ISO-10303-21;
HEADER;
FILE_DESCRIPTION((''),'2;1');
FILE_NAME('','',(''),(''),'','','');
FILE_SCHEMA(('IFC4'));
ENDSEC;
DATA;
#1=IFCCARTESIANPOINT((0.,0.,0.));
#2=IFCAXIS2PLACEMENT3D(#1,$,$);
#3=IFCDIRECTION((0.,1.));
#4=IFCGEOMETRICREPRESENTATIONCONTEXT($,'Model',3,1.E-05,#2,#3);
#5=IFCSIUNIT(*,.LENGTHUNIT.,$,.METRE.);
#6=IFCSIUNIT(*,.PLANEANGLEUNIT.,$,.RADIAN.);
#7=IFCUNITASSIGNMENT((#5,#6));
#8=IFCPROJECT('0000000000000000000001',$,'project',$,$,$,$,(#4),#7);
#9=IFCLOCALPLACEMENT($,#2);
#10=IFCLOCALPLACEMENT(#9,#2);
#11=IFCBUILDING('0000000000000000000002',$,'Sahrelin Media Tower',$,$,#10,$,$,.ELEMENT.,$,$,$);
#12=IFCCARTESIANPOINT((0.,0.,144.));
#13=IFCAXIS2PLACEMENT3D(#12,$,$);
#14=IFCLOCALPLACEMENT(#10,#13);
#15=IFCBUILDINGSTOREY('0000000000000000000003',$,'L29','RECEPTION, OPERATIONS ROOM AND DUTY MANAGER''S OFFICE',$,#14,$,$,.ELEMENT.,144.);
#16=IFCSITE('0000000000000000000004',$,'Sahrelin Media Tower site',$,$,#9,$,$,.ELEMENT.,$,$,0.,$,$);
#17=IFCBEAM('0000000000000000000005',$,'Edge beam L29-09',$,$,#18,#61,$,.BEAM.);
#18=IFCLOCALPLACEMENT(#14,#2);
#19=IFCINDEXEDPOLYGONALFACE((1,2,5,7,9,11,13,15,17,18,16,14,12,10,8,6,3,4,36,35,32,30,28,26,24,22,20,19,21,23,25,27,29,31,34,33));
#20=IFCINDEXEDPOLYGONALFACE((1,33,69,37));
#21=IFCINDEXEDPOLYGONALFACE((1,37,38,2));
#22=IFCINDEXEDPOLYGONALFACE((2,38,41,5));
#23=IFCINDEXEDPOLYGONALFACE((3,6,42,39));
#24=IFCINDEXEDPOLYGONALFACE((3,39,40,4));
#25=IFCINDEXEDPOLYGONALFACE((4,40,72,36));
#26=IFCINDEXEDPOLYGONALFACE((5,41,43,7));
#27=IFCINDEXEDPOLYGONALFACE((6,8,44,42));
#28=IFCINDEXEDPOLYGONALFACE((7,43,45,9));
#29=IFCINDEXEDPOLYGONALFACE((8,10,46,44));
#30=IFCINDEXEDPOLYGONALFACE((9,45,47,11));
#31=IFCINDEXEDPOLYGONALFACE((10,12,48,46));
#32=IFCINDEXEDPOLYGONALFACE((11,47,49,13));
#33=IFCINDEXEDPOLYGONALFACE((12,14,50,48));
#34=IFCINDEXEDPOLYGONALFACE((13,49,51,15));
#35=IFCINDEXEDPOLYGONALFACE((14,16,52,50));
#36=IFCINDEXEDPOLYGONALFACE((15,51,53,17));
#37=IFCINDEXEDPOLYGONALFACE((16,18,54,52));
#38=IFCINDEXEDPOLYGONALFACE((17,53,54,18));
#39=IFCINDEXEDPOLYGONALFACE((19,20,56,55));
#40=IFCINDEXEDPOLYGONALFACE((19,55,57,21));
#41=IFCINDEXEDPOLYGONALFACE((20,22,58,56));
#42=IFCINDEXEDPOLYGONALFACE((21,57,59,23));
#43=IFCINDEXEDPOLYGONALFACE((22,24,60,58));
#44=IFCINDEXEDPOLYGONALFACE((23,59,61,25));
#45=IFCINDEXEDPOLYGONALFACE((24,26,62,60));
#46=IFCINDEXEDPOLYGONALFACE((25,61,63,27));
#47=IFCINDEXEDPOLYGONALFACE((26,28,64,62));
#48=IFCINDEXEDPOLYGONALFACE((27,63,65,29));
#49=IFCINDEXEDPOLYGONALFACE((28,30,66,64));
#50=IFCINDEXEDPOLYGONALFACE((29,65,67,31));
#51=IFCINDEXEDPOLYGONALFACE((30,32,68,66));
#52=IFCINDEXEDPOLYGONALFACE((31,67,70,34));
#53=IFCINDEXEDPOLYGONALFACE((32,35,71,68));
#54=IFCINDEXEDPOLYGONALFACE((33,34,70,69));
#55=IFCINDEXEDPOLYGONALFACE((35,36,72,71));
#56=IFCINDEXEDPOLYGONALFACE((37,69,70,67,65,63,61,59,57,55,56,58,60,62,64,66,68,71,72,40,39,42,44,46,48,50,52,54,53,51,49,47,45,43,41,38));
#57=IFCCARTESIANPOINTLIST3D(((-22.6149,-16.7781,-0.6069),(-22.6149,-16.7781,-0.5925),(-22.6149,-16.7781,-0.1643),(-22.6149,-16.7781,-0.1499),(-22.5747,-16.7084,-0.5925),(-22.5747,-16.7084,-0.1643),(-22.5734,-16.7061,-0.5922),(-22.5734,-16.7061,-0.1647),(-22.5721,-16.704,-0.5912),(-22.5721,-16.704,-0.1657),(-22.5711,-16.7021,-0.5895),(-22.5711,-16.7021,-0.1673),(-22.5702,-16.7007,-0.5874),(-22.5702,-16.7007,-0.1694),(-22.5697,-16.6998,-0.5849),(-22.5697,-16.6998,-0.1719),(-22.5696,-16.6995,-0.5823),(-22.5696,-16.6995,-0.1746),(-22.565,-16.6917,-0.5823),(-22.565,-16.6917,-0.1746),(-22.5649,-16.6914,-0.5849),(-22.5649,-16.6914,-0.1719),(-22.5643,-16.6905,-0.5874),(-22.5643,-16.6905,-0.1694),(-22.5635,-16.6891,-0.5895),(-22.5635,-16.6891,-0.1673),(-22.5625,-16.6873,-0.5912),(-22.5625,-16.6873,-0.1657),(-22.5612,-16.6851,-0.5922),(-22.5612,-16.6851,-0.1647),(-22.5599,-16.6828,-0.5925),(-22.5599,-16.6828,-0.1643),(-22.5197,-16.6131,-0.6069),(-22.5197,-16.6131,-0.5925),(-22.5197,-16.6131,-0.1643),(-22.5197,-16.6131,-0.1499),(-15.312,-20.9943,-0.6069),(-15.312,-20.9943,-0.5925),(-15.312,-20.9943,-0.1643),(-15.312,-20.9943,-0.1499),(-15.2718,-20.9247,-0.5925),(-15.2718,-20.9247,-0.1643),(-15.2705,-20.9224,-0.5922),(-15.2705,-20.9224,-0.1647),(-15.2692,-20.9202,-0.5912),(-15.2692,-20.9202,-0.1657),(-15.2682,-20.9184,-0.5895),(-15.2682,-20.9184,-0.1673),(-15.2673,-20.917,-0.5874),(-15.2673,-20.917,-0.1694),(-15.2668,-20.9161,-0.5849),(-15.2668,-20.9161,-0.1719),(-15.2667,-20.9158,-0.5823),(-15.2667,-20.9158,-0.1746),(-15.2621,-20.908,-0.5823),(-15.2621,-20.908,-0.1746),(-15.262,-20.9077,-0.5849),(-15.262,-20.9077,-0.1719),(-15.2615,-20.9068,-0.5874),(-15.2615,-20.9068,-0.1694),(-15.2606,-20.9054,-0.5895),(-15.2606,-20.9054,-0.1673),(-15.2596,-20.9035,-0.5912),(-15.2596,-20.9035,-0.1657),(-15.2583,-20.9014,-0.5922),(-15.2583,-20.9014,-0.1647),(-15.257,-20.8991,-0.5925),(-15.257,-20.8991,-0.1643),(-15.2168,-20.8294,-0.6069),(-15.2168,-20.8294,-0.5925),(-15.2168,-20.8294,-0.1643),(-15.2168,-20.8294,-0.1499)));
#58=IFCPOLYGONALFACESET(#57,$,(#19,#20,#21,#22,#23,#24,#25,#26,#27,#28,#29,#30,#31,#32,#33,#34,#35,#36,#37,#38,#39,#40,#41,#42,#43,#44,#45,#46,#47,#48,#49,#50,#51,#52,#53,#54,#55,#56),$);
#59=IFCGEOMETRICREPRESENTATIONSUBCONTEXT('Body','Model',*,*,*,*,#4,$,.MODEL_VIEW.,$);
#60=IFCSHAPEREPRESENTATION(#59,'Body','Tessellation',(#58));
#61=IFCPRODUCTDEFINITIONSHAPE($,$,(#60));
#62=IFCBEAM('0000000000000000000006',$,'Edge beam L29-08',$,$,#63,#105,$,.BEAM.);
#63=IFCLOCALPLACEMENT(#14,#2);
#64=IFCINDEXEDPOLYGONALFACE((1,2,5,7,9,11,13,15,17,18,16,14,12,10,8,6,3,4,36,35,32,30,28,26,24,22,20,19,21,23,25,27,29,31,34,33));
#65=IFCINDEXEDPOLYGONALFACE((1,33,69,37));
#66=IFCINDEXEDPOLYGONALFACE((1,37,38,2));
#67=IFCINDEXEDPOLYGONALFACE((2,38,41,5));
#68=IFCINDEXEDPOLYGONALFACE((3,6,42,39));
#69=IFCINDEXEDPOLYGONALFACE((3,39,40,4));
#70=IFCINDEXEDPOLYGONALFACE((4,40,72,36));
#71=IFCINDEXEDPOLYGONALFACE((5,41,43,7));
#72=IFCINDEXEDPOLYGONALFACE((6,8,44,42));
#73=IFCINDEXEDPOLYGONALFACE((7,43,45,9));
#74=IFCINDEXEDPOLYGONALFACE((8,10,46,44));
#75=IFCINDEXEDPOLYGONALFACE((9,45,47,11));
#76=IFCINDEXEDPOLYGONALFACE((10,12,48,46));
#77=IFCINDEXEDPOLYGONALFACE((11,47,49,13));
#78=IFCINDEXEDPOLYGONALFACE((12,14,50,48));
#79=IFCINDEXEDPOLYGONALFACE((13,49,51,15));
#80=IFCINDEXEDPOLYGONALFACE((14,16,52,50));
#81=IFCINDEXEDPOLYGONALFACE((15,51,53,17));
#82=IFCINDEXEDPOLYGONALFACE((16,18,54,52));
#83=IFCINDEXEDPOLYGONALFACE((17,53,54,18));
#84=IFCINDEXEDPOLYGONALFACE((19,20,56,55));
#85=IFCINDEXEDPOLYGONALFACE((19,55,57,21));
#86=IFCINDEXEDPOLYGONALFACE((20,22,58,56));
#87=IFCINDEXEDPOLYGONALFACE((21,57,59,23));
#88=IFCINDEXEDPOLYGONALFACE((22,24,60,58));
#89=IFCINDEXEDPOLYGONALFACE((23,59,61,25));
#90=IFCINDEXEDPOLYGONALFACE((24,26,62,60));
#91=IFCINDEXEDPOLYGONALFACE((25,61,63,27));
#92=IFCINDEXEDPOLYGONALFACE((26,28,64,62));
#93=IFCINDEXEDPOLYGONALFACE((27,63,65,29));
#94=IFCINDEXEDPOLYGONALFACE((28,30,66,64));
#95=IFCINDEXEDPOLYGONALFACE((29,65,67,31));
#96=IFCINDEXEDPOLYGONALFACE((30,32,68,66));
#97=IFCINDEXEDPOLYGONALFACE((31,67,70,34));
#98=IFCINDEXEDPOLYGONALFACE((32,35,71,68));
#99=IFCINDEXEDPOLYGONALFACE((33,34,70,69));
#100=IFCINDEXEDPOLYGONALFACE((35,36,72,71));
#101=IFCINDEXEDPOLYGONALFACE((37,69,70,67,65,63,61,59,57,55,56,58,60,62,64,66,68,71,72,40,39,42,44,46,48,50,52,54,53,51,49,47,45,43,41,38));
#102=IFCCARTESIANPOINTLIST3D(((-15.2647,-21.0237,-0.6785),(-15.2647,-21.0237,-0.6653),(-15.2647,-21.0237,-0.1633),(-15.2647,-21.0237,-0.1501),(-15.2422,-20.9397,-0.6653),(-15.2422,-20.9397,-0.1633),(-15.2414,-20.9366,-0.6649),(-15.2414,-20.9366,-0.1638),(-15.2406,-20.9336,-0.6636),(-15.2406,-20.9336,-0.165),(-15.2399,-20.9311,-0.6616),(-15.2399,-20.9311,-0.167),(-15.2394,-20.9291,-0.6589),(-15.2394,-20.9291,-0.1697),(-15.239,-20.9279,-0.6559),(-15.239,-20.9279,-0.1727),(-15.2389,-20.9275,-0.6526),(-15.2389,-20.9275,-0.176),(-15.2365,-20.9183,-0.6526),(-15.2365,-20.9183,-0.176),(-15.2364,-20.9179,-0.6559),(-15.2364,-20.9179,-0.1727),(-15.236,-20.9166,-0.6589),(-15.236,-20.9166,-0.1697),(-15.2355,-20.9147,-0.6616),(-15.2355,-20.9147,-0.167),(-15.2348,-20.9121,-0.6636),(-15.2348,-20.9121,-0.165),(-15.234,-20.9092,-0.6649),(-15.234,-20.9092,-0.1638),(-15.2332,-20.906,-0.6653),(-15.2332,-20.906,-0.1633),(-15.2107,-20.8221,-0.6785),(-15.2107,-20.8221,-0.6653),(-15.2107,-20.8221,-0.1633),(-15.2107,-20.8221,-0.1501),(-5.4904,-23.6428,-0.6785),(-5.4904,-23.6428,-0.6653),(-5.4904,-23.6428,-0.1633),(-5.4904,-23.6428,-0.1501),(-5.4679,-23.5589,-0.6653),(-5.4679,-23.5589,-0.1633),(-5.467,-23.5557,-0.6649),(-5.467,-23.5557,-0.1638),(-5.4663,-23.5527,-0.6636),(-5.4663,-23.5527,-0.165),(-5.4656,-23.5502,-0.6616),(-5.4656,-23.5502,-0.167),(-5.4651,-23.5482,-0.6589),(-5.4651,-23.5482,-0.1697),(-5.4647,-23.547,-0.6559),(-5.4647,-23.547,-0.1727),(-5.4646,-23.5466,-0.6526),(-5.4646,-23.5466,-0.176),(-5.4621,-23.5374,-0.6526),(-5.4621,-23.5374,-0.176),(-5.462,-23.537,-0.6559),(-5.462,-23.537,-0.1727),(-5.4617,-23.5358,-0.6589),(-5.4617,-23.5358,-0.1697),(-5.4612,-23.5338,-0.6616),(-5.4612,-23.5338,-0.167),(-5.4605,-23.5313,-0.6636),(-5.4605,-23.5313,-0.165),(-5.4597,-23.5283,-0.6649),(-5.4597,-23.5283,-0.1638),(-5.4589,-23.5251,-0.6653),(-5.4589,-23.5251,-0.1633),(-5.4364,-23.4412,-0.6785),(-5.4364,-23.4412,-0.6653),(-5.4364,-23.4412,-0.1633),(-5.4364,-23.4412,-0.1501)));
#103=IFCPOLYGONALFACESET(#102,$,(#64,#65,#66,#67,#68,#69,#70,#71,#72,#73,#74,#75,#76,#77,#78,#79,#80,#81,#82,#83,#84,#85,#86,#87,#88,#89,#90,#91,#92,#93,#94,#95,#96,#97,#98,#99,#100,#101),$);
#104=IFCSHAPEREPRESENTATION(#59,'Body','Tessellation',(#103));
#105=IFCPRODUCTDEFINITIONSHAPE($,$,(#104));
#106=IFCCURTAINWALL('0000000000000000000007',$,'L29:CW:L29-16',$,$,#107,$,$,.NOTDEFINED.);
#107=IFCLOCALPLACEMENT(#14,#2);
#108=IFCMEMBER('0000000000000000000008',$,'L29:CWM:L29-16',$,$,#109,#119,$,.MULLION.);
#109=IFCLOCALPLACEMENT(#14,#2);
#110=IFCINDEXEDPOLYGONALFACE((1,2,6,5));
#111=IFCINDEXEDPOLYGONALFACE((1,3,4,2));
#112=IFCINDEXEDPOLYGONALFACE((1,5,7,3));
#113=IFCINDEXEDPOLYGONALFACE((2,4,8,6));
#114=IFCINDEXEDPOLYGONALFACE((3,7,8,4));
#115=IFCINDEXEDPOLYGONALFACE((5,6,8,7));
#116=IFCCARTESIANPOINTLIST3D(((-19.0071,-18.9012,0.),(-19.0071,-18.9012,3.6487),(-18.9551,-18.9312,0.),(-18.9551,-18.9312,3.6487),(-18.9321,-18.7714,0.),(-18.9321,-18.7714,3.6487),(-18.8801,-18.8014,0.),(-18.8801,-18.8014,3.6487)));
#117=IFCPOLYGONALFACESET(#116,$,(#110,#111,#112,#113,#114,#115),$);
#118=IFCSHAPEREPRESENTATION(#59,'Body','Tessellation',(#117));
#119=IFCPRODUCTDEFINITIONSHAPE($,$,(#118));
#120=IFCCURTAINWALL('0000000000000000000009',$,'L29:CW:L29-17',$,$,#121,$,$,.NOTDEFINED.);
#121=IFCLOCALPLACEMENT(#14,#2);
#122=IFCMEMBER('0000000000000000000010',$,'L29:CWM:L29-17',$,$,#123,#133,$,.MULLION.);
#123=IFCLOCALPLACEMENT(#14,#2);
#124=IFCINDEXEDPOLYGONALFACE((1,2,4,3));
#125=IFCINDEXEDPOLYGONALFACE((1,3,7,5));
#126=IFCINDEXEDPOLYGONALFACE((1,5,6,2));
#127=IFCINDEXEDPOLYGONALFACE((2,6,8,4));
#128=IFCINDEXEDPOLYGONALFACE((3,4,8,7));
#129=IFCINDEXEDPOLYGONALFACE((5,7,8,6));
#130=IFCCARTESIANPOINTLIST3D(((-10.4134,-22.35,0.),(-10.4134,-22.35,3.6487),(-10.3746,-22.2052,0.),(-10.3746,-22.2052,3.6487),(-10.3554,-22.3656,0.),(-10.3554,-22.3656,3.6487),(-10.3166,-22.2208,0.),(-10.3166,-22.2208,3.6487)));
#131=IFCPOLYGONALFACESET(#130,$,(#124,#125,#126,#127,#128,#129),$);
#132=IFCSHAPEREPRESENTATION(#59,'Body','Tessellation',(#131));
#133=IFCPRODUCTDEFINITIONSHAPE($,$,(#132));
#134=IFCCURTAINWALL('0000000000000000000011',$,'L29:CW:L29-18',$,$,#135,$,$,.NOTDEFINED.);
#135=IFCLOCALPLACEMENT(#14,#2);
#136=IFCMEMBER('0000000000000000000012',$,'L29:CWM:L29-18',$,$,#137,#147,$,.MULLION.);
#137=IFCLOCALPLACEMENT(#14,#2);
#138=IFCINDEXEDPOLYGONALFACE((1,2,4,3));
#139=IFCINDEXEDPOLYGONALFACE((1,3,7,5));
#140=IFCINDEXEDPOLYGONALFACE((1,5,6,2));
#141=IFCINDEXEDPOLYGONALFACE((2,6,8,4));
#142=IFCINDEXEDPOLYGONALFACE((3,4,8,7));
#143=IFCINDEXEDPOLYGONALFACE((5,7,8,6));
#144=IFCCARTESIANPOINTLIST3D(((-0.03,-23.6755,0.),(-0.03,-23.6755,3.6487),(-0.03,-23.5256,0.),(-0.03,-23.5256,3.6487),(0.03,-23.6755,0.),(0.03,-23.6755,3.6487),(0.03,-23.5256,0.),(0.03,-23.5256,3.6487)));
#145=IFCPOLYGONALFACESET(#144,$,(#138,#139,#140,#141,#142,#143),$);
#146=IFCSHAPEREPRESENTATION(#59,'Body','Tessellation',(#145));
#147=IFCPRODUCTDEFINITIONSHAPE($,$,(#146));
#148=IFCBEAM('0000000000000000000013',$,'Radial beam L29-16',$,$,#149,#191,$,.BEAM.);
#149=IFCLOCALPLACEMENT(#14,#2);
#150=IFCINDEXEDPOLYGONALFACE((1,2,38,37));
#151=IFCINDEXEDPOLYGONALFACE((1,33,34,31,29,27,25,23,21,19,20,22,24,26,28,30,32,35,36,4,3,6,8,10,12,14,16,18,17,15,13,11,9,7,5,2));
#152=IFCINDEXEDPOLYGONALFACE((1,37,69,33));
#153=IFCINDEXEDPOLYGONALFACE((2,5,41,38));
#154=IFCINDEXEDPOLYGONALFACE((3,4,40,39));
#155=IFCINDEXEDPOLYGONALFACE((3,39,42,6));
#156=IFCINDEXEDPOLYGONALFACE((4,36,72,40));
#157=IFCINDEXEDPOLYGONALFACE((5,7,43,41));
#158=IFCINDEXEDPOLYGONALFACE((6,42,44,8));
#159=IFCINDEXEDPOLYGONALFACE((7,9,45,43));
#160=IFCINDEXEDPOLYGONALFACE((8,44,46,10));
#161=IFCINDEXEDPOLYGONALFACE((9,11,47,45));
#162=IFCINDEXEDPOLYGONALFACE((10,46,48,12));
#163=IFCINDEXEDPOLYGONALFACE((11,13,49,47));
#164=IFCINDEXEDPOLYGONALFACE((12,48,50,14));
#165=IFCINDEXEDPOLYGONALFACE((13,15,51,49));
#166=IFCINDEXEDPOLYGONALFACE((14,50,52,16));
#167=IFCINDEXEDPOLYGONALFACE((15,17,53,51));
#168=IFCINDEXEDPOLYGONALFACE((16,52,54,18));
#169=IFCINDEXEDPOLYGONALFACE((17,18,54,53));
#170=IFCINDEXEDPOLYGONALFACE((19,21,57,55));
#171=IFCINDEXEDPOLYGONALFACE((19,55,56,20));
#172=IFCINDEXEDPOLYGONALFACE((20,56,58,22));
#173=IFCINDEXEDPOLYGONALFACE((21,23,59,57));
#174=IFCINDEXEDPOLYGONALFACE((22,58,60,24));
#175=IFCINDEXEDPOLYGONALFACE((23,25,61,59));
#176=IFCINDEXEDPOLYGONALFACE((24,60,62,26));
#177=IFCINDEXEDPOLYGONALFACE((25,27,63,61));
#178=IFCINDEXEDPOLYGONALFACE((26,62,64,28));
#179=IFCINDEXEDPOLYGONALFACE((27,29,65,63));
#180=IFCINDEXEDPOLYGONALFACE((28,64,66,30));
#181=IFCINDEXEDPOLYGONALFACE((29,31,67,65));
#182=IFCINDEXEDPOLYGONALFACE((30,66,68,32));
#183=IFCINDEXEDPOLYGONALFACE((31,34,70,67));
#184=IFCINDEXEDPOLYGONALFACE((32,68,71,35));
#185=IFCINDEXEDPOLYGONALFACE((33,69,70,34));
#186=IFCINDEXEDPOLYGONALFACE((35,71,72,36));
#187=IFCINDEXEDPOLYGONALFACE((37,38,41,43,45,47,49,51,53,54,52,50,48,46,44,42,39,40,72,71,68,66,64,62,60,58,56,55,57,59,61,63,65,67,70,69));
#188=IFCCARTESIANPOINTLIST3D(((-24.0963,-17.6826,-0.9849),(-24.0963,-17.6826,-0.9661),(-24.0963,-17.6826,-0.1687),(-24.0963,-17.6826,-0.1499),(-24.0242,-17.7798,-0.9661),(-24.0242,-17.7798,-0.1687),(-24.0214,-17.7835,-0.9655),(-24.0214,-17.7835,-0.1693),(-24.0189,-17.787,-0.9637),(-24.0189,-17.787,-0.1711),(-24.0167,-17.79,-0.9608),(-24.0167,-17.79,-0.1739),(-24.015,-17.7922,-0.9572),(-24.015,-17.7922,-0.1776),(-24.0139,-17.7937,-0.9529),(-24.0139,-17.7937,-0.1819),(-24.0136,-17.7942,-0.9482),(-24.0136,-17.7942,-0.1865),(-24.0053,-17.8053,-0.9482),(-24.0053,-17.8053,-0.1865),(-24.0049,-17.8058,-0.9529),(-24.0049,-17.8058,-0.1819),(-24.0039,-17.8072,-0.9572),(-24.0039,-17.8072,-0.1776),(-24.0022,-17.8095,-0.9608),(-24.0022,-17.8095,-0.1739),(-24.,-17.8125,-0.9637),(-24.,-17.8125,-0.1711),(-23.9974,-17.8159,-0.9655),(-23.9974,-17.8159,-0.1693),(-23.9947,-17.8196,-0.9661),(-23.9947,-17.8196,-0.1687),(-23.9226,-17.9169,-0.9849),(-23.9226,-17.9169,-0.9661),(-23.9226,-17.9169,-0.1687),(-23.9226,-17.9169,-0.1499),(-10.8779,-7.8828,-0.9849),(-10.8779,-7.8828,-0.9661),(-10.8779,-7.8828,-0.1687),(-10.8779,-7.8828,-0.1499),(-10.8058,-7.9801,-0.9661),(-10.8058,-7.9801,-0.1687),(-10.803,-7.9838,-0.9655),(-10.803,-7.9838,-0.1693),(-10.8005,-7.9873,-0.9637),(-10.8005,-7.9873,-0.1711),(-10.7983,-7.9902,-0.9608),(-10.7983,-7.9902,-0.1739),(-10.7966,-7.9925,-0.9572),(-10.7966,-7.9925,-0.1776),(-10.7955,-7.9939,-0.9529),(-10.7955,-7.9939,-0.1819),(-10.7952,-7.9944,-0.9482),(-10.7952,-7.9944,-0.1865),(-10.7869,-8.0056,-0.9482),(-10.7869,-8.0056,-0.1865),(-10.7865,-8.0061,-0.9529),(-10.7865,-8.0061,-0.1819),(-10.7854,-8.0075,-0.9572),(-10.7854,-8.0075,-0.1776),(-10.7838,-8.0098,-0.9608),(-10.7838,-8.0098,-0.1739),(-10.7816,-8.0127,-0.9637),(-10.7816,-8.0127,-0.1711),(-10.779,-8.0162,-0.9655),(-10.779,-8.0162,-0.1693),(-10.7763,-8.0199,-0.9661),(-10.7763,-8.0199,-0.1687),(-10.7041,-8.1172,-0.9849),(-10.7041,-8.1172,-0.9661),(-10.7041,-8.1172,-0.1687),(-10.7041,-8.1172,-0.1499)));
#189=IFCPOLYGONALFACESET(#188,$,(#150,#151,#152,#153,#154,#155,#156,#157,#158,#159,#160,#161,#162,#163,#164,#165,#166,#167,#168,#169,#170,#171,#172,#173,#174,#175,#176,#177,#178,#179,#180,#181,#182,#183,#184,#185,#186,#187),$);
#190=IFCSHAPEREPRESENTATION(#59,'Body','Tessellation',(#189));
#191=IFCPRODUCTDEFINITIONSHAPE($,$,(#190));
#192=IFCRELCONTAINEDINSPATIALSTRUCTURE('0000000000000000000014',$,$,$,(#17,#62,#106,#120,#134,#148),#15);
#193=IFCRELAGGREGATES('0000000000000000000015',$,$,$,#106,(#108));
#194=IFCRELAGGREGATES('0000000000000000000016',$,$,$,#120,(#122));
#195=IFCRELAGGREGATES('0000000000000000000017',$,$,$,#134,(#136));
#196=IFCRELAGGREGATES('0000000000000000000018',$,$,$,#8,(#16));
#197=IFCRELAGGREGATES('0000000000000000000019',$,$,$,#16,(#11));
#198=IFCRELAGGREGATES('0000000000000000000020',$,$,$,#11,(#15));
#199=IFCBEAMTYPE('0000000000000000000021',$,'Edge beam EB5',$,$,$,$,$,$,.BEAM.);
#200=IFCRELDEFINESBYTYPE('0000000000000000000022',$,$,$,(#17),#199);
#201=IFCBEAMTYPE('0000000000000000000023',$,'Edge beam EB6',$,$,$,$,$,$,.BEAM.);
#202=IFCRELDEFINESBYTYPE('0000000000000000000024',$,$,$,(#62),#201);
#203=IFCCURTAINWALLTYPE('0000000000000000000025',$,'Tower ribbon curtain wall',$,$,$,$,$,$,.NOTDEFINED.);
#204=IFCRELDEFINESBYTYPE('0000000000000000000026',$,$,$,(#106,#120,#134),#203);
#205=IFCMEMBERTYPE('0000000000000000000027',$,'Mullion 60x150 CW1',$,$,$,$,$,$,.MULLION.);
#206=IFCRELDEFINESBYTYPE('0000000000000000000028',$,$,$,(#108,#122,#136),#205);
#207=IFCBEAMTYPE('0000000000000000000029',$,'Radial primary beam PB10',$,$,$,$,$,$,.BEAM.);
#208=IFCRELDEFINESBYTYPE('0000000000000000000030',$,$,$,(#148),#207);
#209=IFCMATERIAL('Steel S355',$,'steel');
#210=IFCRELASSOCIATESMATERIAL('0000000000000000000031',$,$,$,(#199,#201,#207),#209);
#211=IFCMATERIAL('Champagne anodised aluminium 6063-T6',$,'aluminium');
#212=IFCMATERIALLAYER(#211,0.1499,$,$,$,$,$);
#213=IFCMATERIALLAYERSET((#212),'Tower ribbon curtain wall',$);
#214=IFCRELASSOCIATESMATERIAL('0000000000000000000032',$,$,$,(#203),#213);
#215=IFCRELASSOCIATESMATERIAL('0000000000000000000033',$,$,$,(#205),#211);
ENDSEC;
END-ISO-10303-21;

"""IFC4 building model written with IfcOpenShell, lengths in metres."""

from ifc_helpers import new_model, si_unit, direction, frame, origin, origin_2d, place, context, subcontext, project, spatial, rectangle, i_section, extrude, material, layer, layer_set, material_profile, profile_set, type_object, element, aggregate, save


model = new_model("IFC4")

# Units and contexts
model_context = context("Model", 3, precision=1e-05, world=origin(), true_north=direction((0.0, 1.0)))
body_context = subcontext(model_context, "Body", "Model", "MODEL_VIEW")
ifc_project = project(units=[si_unit("LENGTHUNIT", "METRE"), si_unit("PLANEANGLEUNIT", "RADIAN")], contexts=[model_context])

# Site, building, storey
site_placement = place(None, origin())
site = spatial("IfcSite", under=ifc_project, at=site_placement, Name="Sahrelin Media Tower site", CompositionType="ELEMENT", RefElevation=0.0)
building_placement = place(site_placement, origin())
building = spatial("IfcBuilding", under=site, at=building_placement, Name="Sahrelin Media Tower", CompositionType="ELEMENT")
storey_placement = place(building_placement, frame((0.0, 0.0, 144.0)))
storey = spatial("IfcBuildingStorey", under=building, at=storey_placement, Name="L29", Description="RECEPTION, OPERATIONS ROOM AND DUTY MANAGER'S OFFICE", CompositionType="ELEMENT", Elevation=144.0)

# Beams
ifc_material_1 = material(Name="Steel S355", Category="steel")
ifc_material_profile_1 = material_profile(ifc_material_1, i_section(OverallWidth=0.1904, OverallDepth=0.457, WebThickness=0.009, FlangeThickness=0.0144, FilletRadius=0.0103, at=origin_2d()), Name="UB 457x191x74")
ifc_profile_set_1 = profile_set([ifc_material_profile_1], Name="Steel S355")
beam_type_1 = type_object("IfcBeamType", Name="Edge beam EB5", PredefinedType="BEAM", material=ifc_profile_set_1)
beam_1_placement = place(storey_placement, frame((-15.2644, -20.9119, -0.3784), z_axis=(-0.866029, 0.499994, 0.0), x_axis=(-0.499994, -0.866029, 0.0)))
element("IfcBeam", 1, at=beam_1_placement, inside=storey, type_object=beam_type_1, Name="Edge beam L29-09", PredefinedType="BEAM", context=body_context, shape_type="SweptSolid", body=[
    extrude(i_section(OverallWidth=0.1904, OverallDepth=0.457, WebThickness=0.009, FlangeThickness=0.0144, FilletRadius=0.0103, at=origin_2d()), origin(), (0.0, 0.0, 1.0), 8.4326),
])
ifc_material_profile_2 = material_profile(ifc_material_1, i_section(OverallWidth=0.2087, OverallDepth=0.5283, WebThickness=0.0095, FlangeThickness=0.0132, FilletRadius=0.0127, at=origin_2d()), Name="UB 533x210x82")
ifc_profile_set_2 = profile_set([ifc_material_profile_2], Name="Steel S355")
beam_type_2 = type_object("IfcBeamType", Name="Edge beam EB6", PredefinedType="BEAM", material=ifc_profile_set_2)
beam_2_placement = place(storey_placement, frame((-5.4634, -23.542, -0.4143), z_axis=(-0.965923, 0.258828, 0.0), x_axis=(-0.258828, -0.965923, 0.0)))
element("IfcBeam", 2, at=beam_2_placement, inside=storey, type_object=beam_type_2, Name="Edge beam L29-08", PredefinedType="BEAM", context=body_context, shape_type="SweptSolid", body=[
    extrude(i_section(OverallWidth=0.2087, OverallDepth=0.5283, WebThickness=0.0095, FlangeThickness=0.0132, FilletRadius=0.0127, at=origin_2d()), origin(), (0.0, 0.0, 1.0), 10.1191),
])

# Curtain walls, members
ifc_material_2 = material(Name="Champagne anodised aluminium 6063-T6", Category="aluminium")
ifc_layer_1 = layer(ifc_material_2, 0.1499)
ifc_layer_set_1 = layer_set([ifc_layer_1], Name="Tower ribbon curtain wall")
curtain_wall_type = type_object("IfcCurtainWallType", Name="Tower ribbon curtain wall", PredefinedType="NOTDEFINED", material=ifc_layer_set_1)
curtain_wall_1_placement = place(storey_placement, frame((-18.991, -18.9336, 0.0), z_axis=(0.0, 0.0, 1.0), x_axis=(1.0, 0.0, 0.0)))
curtain_wall_1 = element("IfcCurtainWall", 3, at=curtain_wall_1_placement, inside=storey, type_object=curtain_wall_type, Name="L29:CW:L29-16", PredefinedType="NOTDEFINED")
ifc_material_profile_3 = material_profile(ifc_material_2, rectangle(XDim=0.0601, YDim=0.1499, at=origin_2d()), Name="Mullion 60x150")
ifc_profile_set_3 = profile_set([ifc_material_profile_3], Name="Champagne anodised aluminium 6063-T6")
member_type_1 = type_object("IfcMemberType", Name="Mullion 60x150 CW1", PredefinedType="MULLION", material=ifc_profile_set_3)
member_1_placement = place(storey_placement, frame((-18.9436, -18.8513, 0.0), z_axis=(0.0, 0.0, 1.0), x_axis=(0.866027, -0.499997, 0.0)))
member_1 = element("IfcMember", 4, at=member_1_placement, type_object=member_type_1, Name="L29:CWM:L29-16", PredefinedType="MULLION", context=body_context, shape_type="SweptSolid", body=[
    extrude(rectangle(XDim=0.0601, YDim=0.1499, at=origin_2d()), origin(), (0.0, 0.0, 1.0), 3.6487),
])
aggregate(curtain_wall_1, [member_1])
curtain_wall_2_placement = place(storey_placement, frame((-10.3894, -22.3772, 0.0), z_axis=(0.0, 0.0, 1.0), x_axis=(1.0, 0.0, 0.0)))
curtain_wall_2 = element("IfcCurtainWall", 5, at=curtain_wall_2_placement, inside=storey, type_object=curtain_wall_type, Name="L29:CW:L29-17", PredefinedType="NOTDEFINED")
member_2_placement = place(storey_placement, frame((-10.365, -22.2854, 0.0), z_axis=(0.0, 0.0, 1.0), x_axis=(0.965926, -0.258819, 0.0)))
member_2 = element("IfcMember", 6, at=member_2_placement, type_object=member_type_1, Name="L29:CWM:L29-17", PredefinedType="MULLION", context=body_context, shape_type="SweptSolid", body=[
    extrude(rectangle(XDim=0.0601, YDim=0.1499, at=origin_2d()), origin(), (0.0, 0.0, 1.0), 3.6487),
])
curtain_wall_3_placement = place(storey_placement, frame((0.0, -23.6958, 0.0), z_axis=(0.0, 0.0, 1.0), x_axis=(1.0, 0.0, 0.0)))
curtain_wall_3 = element("IfcCurtainWall", 7, at=curtain_wall_3_placement, inside=storey, type_object=curtain_wall_type, Name="L29:CW:L29-18", PredefinedType="NOTDEFINED")
member_3_placement = place(storey_placement, frame((0.0, -23.6006, 0.0), z_axis=(0.0, 0.0, 1.0), x_axis=(1.0, 0.0, 0.0)))
member_3 = element("IfcMember", 8, at=member_3_placement, type_object=member_type_1, Name="L29:CWM:L29-18", PredefinedType="MULLION", context=body_context, shape_type="SweptSolid", body=[
    extrude(rectangle(XDim=0.0601, YDim=0.1499, at=origin_2d()), origin(), (0.0, 0.0, 1.0), 3.6487),
])

# Beam
ifc_material_profile_4 = material_profile(ifc_material_1, i_section(OverallWidth=0.2917, OverallDepth=0.835, WebThickness=0.0139, FlangeThickness=0.0188, FilletRadius=0.0178, at=origin_2d()), Name="UB 838x292x176")
ifc_profile_set_4 = profile_set([ifc_material_profile_4], Name="Steel S355")
beam_type_3 = type_object("IfcBeamType", Name="Radial primary beam PB10", PredefinedType="BEAM", material=ifc_profile_set_4)
beam_3_placement = place(storey_placement, frame((-10.791, -8.0, -0.5674), z_axis=(-0.803315, -0.595554, 0.0), x_axis=(0.595554, -0.803315, 0.0)))
element("IfcBeam", 9, at=beam_3_placement, inside=storey, type_object=beam_type_3, Name="Radial beam L29-16", PredefinedType="BEAM", context=body_context, shape_type="SweptSolid", body=[
    extrude(i_section(OverallWidth=0.2917, OverallDepth=0.835, WebThickness=0.0139, FlangeThickness=0.0188, FilletRadius=0.0178, at=origin_2d()), origin(), (0.0, 0.0, 1.0), 16.4548),
])

aggregate(curtain_wall_2, [member_2])
aggregate(curtain_wall_3, [member_3])

save(model, "model.ifc")
